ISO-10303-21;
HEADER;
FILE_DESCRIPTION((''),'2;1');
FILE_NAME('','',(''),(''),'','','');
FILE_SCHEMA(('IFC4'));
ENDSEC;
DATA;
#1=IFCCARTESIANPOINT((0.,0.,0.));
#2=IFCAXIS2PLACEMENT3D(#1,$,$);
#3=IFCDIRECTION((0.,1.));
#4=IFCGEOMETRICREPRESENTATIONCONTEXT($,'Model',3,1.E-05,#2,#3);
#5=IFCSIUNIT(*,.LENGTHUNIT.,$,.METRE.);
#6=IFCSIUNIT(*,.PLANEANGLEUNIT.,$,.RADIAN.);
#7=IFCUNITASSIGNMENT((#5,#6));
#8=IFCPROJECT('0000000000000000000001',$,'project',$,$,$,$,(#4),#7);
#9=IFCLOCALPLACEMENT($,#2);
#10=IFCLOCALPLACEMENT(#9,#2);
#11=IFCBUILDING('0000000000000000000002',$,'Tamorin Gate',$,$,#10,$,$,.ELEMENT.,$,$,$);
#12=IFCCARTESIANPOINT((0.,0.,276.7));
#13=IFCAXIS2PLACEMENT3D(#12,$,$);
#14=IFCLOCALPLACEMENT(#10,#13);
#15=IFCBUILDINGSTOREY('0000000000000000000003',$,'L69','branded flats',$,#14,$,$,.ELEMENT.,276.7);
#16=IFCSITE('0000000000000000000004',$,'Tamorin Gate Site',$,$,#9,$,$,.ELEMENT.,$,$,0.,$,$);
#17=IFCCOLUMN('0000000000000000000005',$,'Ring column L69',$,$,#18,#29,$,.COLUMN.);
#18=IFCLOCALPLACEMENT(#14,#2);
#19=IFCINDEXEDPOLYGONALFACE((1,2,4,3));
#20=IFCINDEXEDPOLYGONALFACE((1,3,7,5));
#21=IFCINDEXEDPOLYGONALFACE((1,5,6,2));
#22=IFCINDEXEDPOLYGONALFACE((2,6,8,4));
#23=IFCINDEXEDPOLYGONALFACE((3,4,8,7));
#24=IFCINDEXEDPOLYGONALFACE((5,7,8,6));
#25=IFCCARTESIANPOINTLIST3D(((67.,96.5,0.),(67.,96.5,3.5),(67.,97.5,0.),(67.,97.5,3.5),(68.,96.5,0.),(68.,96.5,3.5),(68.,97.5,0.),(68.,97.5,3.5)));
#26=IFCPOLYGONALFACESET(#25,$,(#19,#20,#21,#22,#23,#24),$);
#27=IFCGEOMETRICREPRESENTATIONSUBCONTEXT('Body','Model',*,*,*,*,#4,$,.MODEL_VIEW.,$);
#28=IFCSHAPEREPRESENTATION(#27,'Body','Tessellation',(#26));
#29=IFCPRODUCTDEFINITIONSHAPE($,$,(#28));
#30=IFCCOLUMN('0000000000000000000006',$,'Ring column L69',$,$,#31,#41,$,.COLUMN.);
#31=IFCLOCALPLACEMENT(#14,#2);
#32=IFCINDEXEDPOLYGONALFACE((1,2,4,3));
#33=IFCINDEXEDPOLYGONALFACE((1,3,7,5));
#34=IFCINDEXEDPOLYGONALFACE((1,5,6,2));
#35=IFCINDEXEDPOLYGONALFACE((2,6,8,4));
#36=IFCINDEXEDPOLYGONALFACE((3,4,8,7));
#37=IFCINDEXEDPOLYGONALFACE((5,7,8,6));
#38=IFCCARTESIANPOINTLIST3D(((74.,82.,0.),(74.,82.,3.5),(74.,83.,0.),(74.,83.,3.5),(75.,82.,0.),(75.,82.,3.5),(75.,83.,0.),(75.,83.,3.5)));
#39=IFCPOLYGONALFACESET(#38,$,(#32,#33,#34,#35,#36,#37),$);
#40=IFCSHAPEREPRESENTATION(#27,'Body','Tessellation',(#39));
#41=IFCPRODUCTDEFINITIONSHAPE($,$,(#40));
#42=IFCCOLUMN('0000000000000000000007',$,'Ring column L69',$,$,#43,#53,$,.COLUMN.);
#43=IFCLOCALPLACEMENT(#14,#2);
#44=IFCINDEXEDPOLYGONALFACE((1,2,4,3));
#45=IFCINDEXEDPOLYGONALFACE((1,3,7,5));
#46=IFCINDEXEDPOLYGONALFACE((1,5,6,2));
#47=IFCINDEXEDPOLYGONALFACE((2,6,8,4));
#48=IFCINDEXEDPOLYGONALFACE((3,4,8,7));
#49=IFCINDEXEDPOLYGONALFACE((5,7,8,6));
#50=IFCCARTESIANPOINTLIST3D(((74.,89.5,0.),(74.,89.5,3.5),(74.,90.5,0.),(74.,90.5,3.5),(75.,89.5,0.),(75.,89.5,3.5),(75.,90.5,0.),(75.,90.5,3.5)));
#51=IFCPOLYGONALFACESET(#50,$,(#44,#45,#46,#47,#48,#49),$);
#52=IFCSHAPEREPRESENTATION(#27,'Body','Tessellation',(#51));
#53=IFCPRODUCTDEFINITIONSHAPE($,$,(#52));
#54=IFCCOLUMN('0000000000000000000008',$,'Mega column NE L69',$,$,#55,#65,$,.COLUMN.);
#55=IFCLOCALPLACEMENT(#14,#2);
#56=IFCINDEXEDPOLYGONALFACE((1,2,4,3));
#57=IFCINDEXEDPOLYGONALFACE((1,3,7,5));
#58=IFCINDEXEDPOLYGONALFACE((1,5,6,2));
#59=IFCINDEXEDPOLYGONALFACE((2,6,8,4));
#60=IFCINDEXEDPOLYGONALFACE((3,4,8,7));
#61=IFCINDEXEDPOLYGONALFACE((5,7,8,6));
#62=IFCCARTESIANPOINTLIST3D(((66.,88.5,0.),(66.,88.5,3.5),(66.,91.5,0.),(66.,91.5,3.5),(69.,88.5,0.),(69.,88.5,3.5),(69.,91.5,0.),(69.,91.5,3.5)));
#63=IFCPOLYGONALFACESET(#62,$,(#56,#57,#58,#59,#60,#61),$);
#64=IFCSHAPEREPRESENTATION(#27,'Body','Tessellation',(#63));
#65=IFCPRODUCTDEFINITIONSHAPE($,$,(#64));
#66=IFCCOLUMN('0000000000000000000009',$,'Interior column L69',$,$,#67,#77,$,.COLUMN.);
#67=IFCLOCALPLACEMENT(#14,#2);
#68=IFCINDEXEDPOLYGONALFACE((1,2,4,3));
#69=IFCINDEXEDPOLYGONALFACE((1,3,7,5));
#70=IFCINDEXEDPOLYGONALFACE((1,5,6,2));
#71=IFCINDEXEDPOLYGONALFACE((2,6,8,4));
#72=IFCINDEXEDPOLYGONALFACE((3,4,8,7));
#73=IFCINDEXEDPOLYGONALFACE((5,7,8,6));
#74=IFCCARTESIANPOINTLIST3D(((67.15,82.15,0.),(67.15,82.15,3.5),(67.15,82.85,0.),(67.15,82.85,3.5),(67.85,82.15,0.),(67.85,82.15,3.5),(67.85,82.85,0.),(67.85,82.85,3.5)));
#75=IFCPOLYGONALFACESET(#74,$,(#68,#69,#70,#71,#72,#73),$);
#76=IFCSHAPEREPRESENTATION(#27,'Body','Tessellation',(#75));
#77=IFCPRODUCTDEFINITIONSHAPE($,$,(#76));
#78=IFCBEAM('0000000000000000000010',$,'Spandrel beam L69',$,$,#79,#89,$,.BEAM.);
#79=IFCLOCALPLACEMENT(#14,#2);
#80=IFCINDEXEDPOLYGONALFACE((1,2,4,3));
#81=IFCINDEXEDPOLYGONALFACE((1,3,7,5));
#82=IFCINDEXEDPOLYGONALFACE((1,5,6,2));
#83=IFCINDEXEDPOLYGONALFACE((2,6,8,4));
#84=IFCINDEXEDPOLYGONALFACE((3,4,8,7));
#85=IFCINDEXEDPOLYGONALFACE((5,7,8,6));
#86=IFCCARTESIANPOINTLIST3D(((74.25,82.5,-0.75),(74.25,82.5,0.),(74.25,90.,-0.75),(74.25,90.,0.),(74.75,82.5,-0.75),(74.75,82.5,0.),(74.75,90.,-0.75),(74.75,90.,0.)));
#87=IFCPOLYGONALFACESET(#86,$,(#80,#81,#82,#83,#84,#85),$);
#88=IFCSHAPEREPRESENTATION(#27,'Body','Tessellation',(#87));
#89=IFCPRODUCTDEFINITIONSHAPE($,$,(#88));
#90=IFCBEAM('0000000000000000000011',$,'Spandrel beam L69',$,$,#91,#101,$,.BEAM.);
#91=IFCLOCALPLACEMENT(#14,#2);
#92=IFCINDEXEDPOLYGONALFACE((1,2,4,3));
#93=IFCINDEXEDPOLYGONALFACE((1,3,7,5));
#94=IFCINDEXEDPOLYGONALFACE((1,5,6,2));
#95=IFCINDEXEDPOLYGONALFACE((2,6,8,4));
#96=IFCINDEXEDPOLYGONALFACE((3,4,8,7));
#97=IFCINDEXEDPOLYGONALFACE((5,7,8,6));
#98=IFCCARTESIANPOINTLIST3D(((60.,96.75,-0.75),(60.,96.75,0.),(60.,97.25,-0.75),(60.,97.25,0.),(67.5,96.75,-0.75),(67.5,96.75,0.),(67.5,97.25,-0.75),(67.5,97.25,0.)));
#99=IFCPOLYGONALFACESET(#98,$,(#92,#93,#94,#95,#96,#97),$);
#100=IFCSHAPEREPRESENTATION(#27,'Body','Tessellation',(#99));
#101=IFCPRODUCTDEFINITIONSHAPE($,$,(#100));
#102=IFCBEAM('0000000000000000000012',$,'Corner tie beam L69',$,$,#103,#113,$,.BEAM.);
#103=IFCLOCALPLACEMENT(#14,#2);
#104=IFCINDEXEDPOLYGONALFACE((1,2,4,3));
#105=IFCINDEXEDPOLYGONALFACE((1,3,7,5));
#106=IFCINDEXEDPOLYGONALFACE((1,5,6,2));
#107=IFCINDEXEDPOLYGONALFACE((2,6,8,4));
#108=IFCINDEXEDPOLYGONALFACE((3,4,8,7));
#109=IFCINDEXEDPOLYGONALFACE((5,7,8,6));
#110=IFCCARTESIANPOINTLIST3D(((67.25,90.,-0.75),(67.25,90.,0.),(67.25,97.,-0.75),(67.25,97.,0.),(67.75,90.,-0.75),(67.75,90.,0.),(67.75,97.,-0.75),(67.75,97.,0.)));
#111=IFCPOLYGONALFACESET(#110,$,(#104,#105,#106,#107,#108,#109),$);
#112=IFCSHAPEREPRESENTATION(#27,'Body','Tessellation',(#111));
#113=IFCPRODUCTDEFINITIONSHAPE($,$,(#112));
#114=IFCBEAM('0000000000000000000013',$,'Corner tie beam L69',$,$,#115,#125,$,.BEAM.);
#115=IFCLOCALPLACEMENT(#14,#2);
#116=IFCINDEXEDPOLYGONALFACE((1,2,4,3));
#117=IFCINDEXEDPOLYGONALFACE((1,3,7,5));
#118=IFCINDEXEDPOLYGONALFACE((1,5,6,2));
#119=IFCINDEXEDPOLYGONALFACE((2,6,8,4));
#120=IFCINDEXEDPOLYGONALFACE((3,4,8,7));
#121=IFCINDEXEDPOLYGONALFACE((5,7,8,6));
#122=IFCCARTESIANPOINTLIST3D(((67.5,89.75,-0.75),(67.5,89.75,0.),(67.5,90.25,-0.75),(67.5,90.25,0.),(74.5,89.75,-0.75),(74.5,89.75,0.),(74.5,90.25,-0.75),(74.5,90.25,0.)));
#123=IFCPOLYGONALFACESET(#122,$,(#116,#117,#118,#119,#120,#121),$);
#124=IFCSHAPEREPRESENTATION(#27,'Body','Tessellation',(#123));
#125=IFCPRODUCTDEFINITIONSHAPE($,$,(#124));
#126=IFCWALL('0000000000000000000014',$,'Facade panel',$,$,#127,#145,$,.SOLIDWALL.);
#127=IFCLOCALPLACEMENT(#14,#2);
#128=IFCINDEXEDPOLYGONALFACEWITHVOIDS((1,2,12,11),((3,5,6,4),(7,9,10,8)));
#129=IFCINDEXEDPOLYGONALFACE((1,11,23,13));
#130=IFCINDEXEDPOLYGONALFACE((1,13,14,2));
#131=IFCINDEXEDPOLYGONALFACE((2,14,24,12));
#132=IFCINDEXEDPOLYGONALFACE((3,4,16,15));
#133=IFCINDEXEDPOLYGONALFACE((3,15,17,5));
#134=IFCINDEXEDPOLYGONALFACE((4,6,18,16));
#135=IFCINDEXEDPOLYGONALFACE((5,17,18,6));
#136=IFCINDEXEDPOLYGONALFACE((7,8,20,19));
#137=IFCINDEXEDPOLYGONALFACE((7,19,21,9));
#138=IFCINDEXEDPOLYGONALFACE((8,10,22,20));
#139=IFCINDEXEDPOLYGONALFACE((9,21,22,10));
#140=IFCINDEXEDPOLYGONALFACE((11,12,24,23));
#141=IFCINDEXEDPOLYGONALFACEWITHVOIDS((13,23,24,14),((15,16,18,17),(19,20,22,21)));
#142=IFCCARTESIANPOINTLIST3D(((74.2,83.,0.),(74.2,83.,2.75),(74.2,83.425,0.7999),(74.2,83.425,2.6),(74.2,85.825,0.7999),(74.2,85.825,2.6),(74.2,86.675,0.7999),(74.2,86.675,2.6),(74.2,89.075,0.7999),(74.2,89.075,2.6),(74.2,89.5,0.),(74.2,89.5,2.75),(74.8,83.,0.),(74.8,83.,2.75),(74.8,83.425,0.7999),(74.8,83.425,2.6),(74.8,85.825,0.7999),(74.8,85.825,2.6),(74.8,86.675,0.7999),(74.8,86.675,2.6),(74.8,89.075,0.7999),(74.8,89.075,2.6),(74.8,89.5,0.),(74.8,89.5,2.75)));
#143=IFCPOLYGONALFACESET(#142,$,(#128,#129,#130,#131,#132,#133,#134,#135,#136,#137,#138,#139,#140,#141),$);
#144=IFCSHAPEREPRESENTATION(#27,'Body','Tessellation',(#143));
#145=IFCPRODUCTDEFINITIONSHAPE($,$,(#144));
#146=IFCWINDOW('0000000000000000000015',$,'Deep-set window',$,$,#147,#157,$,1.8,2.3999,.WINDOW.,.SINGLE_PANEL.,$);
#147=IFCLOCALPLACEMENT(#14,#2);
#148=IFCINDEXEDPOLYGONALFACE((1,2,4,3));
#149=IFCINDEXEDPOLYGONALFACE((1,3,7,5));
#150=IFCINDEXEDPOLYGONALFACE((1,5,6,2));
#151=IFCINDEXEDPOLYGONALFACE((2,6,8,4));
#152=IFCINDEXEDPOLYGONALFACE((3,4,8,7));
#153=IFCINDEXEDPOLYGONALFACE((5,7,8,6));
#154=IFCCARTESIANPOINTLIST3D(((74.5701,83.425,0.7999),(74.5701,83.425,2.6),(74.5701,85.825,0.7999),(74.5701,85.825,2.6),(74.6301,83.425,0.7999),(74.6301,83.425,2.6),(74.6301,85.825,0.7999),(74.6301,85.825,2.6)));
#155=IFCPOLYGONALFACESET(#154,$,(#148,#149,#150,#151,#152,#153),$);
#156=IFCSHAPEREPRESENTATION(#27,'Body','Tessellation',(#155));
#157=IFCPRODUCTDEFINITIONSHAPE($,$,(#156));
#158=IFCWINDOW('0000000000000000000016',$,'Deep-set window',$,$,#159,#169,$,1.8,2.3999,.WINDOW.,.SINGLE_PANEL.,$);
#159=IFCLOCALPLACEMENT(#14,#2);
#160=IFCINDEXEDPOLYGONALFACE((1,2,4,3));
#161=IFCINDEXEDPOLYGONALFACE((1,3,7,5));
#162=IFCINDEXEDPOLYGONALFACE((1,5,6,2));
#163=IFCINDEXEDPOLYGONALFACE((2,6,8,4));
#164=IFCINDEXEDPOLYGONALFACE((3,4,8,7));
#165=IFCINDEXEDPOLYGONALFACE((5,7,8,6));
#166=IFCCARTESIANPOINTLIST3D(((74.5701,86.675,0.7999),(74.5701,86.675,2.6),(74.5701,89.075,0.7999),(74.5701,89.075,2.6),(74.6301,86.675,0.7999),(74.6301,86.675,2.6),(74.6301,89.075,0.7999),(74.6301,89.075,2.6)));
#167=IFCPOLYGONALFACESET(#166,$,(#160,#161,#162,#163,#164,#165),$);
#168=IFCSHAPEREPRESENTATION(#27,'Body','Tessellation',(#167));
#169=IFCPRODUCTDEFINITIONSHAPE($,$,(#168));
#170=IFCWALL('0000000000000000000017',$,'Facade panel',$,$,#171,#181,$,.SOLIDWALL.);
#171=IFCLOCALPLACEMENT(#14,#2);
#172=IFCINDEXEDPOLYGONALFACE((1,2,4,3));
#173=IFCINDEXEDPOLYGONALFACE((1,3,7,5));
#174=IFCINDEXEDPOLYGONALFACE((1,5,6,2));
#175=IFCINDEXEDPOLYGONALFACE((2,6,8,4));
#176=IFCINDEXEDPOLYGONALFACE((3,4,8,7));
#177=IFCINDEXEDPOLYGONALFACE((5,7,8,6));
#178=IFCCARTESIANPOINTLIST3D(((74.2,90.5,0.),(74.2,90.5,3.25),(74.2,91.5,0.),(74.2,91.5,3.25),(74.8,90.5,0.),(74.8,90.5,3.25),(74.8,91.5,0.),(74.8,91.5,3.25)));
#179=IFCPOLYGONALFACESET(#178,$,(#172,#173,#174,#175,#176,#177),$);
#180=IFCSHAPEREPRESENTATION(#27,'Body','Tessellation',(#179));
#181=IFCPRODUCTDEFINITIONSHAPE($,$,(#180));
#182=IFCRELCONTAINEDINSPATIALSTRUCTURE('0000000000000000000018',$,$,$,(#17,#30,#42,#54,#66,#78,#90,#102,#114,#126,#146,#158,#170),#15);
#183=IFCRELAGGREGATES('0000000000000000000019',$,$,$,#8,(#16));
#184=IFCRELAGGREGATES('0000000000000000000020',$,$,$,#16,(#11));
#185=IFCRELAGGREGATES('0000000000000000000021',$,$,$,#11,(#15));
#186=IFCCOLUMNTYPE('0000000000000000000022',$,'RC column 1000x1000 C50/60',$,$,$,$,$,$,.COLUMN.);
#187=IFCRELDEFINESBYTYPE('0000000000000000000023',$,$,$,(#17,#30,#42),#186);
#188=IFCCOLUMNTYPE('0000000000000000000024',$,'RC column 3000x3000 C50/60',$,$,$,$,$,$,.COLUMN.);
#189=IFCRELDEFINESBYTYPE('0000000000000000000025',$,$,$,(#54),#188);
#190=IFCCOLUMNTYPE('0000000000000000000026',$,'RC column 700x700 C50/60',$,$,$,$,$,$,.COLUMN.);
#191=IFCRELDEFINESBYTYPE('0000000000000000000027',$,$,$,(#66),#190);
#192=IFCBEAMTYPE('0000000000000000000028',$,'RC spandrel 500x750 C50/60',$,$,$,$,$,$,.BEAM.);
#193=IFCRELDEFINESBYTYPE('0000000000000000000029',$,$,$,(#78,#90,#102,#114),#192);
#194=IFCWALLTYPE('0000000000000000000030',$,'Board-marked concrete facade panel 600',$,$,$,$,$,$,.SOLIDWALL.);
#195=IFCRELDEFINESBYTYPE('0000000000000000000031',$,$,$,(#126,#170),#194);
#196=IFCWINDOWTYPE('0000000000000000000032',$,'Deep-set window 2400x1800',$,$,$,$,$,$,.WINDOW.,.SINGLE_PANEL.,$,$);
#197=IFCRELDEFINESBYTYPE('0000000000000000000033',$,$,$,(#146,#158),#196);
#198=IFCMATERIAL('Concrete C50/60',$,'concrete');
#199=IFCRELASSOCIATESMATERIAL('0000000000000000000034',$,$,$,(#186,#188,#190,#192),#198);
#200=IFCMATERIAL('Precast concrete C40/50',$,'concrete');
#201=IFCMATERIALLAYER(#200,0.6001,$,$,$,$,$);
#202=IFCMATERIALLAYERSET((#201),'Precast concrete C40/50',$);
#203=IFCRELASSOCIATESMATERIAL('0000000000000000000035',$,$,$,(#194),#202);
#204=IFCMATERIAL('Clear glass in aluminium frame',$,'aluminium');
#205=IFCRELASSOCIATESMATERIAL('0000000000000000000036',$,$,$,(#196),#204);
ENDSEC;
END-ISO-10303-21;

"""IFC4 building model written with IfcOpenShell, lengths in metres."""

from ifc_helpers import new_model, si_unit, direction, frame, frame_2d, origin, origin_2d, place, context, subcontext, project, spatial, rectangle, extrude, material, layer, layer_set, material_profile, profile_set, type_object, element, fill, save


model = new_model("IFC4")

# Units and contexts
model_context = context("Model", 3, precision=1e-05, world=origin(), true_north=direction((0.0, 1.0)))
body_context = subcontext(model_context, "Body", "Model", "MODEL_VIEW")
ifc_project = project(units=[si_unit("LENGTHUNIT", "METRE"), si_unit("PLANEANGLEUNIT", "RADIAN")], contexts=[model_context])

# Site, building, storey
site_placement = place(None, origin())
site = spatial("IfcSite", under=ifc_project, at=site_placement, Name="Tamorin Gate Site", CompositionType="ELEMENT", RefElevation=0.0)
building_placement = place(site_placement, origin())
building = spatial("IfcBuilding", under=site, at=building_placement, Name="Tamorin Gate", CompositionType="ELEMENT")
storey_placement = place(building_placement, frame((0.0, 0.0, 276.7)))
storey = spatial("IfcBuildingStorey", under=building, at=storey_placement, Name="L69", Description="branded flats", CompositionType="ELEMENT", Elevation=276.7)

# Columns
ifc_material_1 = material(Name="Concrete C50/60", Category="concrete")
ifc_material_profile_1 = material_profile(ifc_material_1, rectangle(XDim=1.0, YDim=1.0, at=origin_2d()), Name="RC 1000x1000")
ifc_profile_set_1 = profile_set([ifc_material_profile_1], Name="Concrete C50/60")
column_type_1 = type_object("IfcColumnType", Name="RC column 1000x1000 C50/60", PredefinedType="COLUMN", material=ifc_profile_set_1)
for number, where, z_axis, x_axis, name in (
    (1, (67.5, 97.0, 0.0), (0.0, 0.0, 1.0), (1.0, 0.0, 0.0), "Ring column L69"),
    (2, (74.5, 82.5, 0.0), (0.0, 0.0, 1.0), (1.0, 0.0, 0.0), "Ring column L69"),
    (3, (74.5, 90.0, 0.0), (0.0, 0.0, 1.0), (1.0, 0.0, 0.0), "Ring column L69"),
):
    element("IfcColumn", number, at=place(storey_placement, frame(where, z_axis=z_axis, x_axis=x_axis)), inside=storey, type_object=column_type_1, Name=name, PredefinedType="COLUMN", context=body_context, shape_type="SweptSolid", body=[
        extrude(rectangle(XDim=1.0, YDim=1.0, at=origin_2d()), origin(), (0.0, 0.0, 1.0), 3.5),
    ])
ifc_material_profile_2 = material_profile(ifc_material_1, rectangle(XDim=3.0, YDim=3.0, at=origin_2d()), Name="RC 3000x3000")
ifc_profile_set_2 = profile_set([ifc_material_profile_2], Name="Concrete C50/60")
column_type_2 = type_object("IfcColumnType", Name="RC column 3000x3000 C50/60", PredefinedType="COLUMN", material=ifc_profile_set_2)
column_1_placement = place(storey_placement, frame((67.5, 90.0, 0.0), z_axis=(0.0, 0.0, 1.0), x_axis=(1.0, 0.0, 0.0)))
element("IfcColumn", 4, at=column_1_placement, inside=storey, type_object=column_type_2, Name="Mega column NE L69", PredefinedType="COLUMN", context=body_context, shape_type="SweptSolid", body=[
    extrude(rectangle(XDim=3.0, YDim=3.0, at=origin_2d()), origin(), (0.0, 0.0, 1.0), 3.5),
])
ifc_material_profile_3 = material_profile(ifc_material_1, rectangle(XDim=0.7, YDim=0.7, at=origin_2d()), Name="RC 700x700")
ifc_profile_set_3 = profile_set([ifc_material_profile_3], Name="Concrete C50/60")
column_type_3 = type_object("IfcColumnType", Name="RC column 700x700 C50/60", PredefinedType="COLUMN", material=ifc_profile_set_3)
column_2_placement = place(storey_placement, frame((67.5, 82.5, 0.0), z_axis=(0.0, 0.0, 1.0), x_axis=(1.0, 0.0, 0.0)))
element("IfcColumn", 5, at=column_2_placement, inside=storey, type_object=column_type_3, Name="Interior column L69", PredefinedType="COLUMN", context=body_context, shape_type="SweptSolid", body=[
    extrude(rectangle(XDim=0.7, YDim=0.7, at=origin_2d()), origin(), (0.0, 0.0, 1.0), 3.5),
])

# Beams
ifc_material_profile_4 = material_profile(ifc_material_1, rectangle(XDim=0.5, YDim=0.75, at=origin_2d()), Name="RC 500x750")
ifc_profile_set_4 = profile_set([ifc_material_profile_4], Name="Concrete C50/60")
beam_type = type_object("IfcBeamType", Name="RC spandrel 500x750 C50/60", PredefinedType="BEAM", material=ifc_profile_set_4)
for number, where, z_axis, x_axis, name in (
    (6, (74.5, 82.5, -0.375), (0.0, 1.0, 0.0), (-1.0, 0.0, 0.0), "Spandrel beam L69"),
    (7, (67.5, 97.0, -0.375), (-1.0, 0.0, 0.0), (0.0, -1.0, 0.0), "Spandrel beam L69"),
):
    element("IfcBeam", number, at=place(storey_placement, frame(where, z_axis=z_axis, x_axis=x_axis)), inside=storey, type_object=beam_type, Name=name, PredefinedType="BEAM", context=body_context, shape_type="SweptSolid", body=[
        extrude(rectangle(XDim=0.5, YDim=0.75, at=origin_2d()), origin(), (0.0, 0.0, 1.0), 7.5),
    ])
for number, where, z_axis, x_axis, name in (
    (8, (67.5, 90.0, -0.375), (0.0, 1.0, 0.0), (-1.0, 0.0, 0.0), "Corner tie beam L69"),
    (9, (67.5, 90.0, -0.375), (1.0, 0.0, 0.0), (0.0, 1.0, 0.0), "Corner tie beam L69"),
):
    element("IfcBeam", number, at=place(storey_placement, frame(where, z_axis=z_axis, x_axis=x_axis)), inside=storey, type_object=beam_type, Name=name, PredefinedType="BEAM", context=body_context, shape_type="SweptSolid", body=[
        extrude(rectangle(XDim=0.5, YDim=0.75, at=origin_2d()), origin(), (0.0, 0.0, 1.0), 7.0),
    ])

# Wall, openings, windows
ifc_material_2 = material(Name="Precast concrete C40/50", Category="concrete")
ifc_layer = layer(ifc_material_2, 0.6001)
ifc_layer_set = layer_set([ifc_layer], Name="Precast concrete C40/50")
wall_type = type_object("IfcWallType", Name="Board-marked concrete facade panel 600", PredefinedType="SOLIDWALL", material=ifc_layer_set)
wall_1_placement = place(storey_placement, frame((74.5, 83.0, 0.0), z_axis=(0.0, 0.0, 1.0), x_axis=(0.0, 1.0, 0.0)))
wall_1 = element("IfcWall", 10, at=wall_1_placement, inside=storey, type_object=wall_type, Name="Facade panel", PredefinedType="SOLIDWALL", context=body_context, shape_type="SweptSolid", body=[
    extrude(rectangle(XDim=6.5, YDim=0.6001, at=frame_2d((3.25, 0.0))), origin(), (0.0, 0.0, 1.0), 2.75),
])
opening_1_placement = place(wall_1_placement, frame((0.425, 0.0, 0.8)))
opening_1 = element("IfcOpeningElement", 11, at=opening_1_placement, cuts=wall_1, PredefinedType="OPENING", context=body_context, shape_type="SweptSolid", body=[
    extrude(rectangle(XDim=2.3999, YDim=1.8, at=frame_2d((1.2, 0.8999))), frame((0.0, 0.3101, 0.0), z_axis=(0.0, -1.0, 0.0), x_axis=(1.0, 0.0, 0.0)), (0.0, 0.0, 1.0), 0.6201),
])
opening_2_placement = place(wall_1_placement, frame((3.675, 0.0, 0.8)))
opening_2 = element("IfcOpeningElement", 12, at=opening_2_placement, cuts=wall_1, PredefinedType="OPENING", context=body_context, shape_type="SweptSolid", body=[
    extrude(rectangle(XDim=2.3999, YDim=1.8, at=frame_2d((1.2, 0.8999))), frame((0.0, 0.3101, 0.0), z_axis=(0.0, -1.0, 0.0), x_axis=(1.0, 0.0, 0.0)), (0.0, 0.0, 1.0), 0.6201),
])
ifc_material_3 = material(Name="Clear glass in aluminium frame", Category="aluminium")
window_type_1 = type_object("IfcWindowType", Name="Deep-set window 2400x1800", PartitioningType="SINGLE_PANEL", PredefinedType="WINDOW", material=ifc_material_3)
window_1_placement = place(opening_1_placement, origin())
window_1 = element("IfcWindow", 13, at=window_1_placement, inside=storey, type_object=window_type_1, Name="Deep-set window", OverallHeight=1.8, OverallWidth=2.3999, PartitioningType="SINGLE_PANEL", PredefinedType="WINDOW", context=body_context, shape_type="SweptSolid", body=[
    extrude(rectangle(XDim=2.3999, YDim=1.8, at=frame_2d((1.2, 0.8999))), frame((0.0, -0.0701, 0.0), z_axis=(0.0, -1.0, 0.0), x_axis=(1.0, 0.0, 0.0)), (0.0, 0.0, 1.0), 0.0601),
])
fill(opening_1, window_1)
window_2_placement = place(opening_2_placement, origin())
window_2 = element("IfcWindow", 14, at=window_2_placement, inside=storey, type_object=window_type_1, Name="Deep-set window", OverallHeight=1.8, OverallWidth=2.3999, PartitioningType="SINGLE_PANEL", PredefinedType="WINDOW", context=body_context, shape_type="SweptSolid", body=[
    extrude(rectangle(XDim=2.3999, YDim=1.8, at=frame_2d((1.2, 0.8999))), frame((0.0, -0.0701, 0.0), z_axis=(0.0, -1.0, 0.0), x_axis=(1.0, 0.0, 0.0)), (0.0, 0.0, 1.0), 0.0601),
])
fill(opening_2, window_2)

# Wall
wall_2_placement = place(storey_placement, frame((74.5, 90.5, 0.0), z_axis=(0.0, 0.0, 1.0), x_axis=(0.0, 1.0, 0.0)))
element("IfcWall", 15, at=wall_2_placement, inside=storey, type_object=wall_type, Name="Facade panel", PredefinedType="SOLIDWALL", context=body_context, shape_type="SweptSolid", body=[
    extrude(rectangle(XDim=1.0, YDim=0.6001, at=frame_2d((0.5, 0.0))), origin(), (0.0, 0.0, 1.0), 3.25),
])

save(model, "model.ifc")
